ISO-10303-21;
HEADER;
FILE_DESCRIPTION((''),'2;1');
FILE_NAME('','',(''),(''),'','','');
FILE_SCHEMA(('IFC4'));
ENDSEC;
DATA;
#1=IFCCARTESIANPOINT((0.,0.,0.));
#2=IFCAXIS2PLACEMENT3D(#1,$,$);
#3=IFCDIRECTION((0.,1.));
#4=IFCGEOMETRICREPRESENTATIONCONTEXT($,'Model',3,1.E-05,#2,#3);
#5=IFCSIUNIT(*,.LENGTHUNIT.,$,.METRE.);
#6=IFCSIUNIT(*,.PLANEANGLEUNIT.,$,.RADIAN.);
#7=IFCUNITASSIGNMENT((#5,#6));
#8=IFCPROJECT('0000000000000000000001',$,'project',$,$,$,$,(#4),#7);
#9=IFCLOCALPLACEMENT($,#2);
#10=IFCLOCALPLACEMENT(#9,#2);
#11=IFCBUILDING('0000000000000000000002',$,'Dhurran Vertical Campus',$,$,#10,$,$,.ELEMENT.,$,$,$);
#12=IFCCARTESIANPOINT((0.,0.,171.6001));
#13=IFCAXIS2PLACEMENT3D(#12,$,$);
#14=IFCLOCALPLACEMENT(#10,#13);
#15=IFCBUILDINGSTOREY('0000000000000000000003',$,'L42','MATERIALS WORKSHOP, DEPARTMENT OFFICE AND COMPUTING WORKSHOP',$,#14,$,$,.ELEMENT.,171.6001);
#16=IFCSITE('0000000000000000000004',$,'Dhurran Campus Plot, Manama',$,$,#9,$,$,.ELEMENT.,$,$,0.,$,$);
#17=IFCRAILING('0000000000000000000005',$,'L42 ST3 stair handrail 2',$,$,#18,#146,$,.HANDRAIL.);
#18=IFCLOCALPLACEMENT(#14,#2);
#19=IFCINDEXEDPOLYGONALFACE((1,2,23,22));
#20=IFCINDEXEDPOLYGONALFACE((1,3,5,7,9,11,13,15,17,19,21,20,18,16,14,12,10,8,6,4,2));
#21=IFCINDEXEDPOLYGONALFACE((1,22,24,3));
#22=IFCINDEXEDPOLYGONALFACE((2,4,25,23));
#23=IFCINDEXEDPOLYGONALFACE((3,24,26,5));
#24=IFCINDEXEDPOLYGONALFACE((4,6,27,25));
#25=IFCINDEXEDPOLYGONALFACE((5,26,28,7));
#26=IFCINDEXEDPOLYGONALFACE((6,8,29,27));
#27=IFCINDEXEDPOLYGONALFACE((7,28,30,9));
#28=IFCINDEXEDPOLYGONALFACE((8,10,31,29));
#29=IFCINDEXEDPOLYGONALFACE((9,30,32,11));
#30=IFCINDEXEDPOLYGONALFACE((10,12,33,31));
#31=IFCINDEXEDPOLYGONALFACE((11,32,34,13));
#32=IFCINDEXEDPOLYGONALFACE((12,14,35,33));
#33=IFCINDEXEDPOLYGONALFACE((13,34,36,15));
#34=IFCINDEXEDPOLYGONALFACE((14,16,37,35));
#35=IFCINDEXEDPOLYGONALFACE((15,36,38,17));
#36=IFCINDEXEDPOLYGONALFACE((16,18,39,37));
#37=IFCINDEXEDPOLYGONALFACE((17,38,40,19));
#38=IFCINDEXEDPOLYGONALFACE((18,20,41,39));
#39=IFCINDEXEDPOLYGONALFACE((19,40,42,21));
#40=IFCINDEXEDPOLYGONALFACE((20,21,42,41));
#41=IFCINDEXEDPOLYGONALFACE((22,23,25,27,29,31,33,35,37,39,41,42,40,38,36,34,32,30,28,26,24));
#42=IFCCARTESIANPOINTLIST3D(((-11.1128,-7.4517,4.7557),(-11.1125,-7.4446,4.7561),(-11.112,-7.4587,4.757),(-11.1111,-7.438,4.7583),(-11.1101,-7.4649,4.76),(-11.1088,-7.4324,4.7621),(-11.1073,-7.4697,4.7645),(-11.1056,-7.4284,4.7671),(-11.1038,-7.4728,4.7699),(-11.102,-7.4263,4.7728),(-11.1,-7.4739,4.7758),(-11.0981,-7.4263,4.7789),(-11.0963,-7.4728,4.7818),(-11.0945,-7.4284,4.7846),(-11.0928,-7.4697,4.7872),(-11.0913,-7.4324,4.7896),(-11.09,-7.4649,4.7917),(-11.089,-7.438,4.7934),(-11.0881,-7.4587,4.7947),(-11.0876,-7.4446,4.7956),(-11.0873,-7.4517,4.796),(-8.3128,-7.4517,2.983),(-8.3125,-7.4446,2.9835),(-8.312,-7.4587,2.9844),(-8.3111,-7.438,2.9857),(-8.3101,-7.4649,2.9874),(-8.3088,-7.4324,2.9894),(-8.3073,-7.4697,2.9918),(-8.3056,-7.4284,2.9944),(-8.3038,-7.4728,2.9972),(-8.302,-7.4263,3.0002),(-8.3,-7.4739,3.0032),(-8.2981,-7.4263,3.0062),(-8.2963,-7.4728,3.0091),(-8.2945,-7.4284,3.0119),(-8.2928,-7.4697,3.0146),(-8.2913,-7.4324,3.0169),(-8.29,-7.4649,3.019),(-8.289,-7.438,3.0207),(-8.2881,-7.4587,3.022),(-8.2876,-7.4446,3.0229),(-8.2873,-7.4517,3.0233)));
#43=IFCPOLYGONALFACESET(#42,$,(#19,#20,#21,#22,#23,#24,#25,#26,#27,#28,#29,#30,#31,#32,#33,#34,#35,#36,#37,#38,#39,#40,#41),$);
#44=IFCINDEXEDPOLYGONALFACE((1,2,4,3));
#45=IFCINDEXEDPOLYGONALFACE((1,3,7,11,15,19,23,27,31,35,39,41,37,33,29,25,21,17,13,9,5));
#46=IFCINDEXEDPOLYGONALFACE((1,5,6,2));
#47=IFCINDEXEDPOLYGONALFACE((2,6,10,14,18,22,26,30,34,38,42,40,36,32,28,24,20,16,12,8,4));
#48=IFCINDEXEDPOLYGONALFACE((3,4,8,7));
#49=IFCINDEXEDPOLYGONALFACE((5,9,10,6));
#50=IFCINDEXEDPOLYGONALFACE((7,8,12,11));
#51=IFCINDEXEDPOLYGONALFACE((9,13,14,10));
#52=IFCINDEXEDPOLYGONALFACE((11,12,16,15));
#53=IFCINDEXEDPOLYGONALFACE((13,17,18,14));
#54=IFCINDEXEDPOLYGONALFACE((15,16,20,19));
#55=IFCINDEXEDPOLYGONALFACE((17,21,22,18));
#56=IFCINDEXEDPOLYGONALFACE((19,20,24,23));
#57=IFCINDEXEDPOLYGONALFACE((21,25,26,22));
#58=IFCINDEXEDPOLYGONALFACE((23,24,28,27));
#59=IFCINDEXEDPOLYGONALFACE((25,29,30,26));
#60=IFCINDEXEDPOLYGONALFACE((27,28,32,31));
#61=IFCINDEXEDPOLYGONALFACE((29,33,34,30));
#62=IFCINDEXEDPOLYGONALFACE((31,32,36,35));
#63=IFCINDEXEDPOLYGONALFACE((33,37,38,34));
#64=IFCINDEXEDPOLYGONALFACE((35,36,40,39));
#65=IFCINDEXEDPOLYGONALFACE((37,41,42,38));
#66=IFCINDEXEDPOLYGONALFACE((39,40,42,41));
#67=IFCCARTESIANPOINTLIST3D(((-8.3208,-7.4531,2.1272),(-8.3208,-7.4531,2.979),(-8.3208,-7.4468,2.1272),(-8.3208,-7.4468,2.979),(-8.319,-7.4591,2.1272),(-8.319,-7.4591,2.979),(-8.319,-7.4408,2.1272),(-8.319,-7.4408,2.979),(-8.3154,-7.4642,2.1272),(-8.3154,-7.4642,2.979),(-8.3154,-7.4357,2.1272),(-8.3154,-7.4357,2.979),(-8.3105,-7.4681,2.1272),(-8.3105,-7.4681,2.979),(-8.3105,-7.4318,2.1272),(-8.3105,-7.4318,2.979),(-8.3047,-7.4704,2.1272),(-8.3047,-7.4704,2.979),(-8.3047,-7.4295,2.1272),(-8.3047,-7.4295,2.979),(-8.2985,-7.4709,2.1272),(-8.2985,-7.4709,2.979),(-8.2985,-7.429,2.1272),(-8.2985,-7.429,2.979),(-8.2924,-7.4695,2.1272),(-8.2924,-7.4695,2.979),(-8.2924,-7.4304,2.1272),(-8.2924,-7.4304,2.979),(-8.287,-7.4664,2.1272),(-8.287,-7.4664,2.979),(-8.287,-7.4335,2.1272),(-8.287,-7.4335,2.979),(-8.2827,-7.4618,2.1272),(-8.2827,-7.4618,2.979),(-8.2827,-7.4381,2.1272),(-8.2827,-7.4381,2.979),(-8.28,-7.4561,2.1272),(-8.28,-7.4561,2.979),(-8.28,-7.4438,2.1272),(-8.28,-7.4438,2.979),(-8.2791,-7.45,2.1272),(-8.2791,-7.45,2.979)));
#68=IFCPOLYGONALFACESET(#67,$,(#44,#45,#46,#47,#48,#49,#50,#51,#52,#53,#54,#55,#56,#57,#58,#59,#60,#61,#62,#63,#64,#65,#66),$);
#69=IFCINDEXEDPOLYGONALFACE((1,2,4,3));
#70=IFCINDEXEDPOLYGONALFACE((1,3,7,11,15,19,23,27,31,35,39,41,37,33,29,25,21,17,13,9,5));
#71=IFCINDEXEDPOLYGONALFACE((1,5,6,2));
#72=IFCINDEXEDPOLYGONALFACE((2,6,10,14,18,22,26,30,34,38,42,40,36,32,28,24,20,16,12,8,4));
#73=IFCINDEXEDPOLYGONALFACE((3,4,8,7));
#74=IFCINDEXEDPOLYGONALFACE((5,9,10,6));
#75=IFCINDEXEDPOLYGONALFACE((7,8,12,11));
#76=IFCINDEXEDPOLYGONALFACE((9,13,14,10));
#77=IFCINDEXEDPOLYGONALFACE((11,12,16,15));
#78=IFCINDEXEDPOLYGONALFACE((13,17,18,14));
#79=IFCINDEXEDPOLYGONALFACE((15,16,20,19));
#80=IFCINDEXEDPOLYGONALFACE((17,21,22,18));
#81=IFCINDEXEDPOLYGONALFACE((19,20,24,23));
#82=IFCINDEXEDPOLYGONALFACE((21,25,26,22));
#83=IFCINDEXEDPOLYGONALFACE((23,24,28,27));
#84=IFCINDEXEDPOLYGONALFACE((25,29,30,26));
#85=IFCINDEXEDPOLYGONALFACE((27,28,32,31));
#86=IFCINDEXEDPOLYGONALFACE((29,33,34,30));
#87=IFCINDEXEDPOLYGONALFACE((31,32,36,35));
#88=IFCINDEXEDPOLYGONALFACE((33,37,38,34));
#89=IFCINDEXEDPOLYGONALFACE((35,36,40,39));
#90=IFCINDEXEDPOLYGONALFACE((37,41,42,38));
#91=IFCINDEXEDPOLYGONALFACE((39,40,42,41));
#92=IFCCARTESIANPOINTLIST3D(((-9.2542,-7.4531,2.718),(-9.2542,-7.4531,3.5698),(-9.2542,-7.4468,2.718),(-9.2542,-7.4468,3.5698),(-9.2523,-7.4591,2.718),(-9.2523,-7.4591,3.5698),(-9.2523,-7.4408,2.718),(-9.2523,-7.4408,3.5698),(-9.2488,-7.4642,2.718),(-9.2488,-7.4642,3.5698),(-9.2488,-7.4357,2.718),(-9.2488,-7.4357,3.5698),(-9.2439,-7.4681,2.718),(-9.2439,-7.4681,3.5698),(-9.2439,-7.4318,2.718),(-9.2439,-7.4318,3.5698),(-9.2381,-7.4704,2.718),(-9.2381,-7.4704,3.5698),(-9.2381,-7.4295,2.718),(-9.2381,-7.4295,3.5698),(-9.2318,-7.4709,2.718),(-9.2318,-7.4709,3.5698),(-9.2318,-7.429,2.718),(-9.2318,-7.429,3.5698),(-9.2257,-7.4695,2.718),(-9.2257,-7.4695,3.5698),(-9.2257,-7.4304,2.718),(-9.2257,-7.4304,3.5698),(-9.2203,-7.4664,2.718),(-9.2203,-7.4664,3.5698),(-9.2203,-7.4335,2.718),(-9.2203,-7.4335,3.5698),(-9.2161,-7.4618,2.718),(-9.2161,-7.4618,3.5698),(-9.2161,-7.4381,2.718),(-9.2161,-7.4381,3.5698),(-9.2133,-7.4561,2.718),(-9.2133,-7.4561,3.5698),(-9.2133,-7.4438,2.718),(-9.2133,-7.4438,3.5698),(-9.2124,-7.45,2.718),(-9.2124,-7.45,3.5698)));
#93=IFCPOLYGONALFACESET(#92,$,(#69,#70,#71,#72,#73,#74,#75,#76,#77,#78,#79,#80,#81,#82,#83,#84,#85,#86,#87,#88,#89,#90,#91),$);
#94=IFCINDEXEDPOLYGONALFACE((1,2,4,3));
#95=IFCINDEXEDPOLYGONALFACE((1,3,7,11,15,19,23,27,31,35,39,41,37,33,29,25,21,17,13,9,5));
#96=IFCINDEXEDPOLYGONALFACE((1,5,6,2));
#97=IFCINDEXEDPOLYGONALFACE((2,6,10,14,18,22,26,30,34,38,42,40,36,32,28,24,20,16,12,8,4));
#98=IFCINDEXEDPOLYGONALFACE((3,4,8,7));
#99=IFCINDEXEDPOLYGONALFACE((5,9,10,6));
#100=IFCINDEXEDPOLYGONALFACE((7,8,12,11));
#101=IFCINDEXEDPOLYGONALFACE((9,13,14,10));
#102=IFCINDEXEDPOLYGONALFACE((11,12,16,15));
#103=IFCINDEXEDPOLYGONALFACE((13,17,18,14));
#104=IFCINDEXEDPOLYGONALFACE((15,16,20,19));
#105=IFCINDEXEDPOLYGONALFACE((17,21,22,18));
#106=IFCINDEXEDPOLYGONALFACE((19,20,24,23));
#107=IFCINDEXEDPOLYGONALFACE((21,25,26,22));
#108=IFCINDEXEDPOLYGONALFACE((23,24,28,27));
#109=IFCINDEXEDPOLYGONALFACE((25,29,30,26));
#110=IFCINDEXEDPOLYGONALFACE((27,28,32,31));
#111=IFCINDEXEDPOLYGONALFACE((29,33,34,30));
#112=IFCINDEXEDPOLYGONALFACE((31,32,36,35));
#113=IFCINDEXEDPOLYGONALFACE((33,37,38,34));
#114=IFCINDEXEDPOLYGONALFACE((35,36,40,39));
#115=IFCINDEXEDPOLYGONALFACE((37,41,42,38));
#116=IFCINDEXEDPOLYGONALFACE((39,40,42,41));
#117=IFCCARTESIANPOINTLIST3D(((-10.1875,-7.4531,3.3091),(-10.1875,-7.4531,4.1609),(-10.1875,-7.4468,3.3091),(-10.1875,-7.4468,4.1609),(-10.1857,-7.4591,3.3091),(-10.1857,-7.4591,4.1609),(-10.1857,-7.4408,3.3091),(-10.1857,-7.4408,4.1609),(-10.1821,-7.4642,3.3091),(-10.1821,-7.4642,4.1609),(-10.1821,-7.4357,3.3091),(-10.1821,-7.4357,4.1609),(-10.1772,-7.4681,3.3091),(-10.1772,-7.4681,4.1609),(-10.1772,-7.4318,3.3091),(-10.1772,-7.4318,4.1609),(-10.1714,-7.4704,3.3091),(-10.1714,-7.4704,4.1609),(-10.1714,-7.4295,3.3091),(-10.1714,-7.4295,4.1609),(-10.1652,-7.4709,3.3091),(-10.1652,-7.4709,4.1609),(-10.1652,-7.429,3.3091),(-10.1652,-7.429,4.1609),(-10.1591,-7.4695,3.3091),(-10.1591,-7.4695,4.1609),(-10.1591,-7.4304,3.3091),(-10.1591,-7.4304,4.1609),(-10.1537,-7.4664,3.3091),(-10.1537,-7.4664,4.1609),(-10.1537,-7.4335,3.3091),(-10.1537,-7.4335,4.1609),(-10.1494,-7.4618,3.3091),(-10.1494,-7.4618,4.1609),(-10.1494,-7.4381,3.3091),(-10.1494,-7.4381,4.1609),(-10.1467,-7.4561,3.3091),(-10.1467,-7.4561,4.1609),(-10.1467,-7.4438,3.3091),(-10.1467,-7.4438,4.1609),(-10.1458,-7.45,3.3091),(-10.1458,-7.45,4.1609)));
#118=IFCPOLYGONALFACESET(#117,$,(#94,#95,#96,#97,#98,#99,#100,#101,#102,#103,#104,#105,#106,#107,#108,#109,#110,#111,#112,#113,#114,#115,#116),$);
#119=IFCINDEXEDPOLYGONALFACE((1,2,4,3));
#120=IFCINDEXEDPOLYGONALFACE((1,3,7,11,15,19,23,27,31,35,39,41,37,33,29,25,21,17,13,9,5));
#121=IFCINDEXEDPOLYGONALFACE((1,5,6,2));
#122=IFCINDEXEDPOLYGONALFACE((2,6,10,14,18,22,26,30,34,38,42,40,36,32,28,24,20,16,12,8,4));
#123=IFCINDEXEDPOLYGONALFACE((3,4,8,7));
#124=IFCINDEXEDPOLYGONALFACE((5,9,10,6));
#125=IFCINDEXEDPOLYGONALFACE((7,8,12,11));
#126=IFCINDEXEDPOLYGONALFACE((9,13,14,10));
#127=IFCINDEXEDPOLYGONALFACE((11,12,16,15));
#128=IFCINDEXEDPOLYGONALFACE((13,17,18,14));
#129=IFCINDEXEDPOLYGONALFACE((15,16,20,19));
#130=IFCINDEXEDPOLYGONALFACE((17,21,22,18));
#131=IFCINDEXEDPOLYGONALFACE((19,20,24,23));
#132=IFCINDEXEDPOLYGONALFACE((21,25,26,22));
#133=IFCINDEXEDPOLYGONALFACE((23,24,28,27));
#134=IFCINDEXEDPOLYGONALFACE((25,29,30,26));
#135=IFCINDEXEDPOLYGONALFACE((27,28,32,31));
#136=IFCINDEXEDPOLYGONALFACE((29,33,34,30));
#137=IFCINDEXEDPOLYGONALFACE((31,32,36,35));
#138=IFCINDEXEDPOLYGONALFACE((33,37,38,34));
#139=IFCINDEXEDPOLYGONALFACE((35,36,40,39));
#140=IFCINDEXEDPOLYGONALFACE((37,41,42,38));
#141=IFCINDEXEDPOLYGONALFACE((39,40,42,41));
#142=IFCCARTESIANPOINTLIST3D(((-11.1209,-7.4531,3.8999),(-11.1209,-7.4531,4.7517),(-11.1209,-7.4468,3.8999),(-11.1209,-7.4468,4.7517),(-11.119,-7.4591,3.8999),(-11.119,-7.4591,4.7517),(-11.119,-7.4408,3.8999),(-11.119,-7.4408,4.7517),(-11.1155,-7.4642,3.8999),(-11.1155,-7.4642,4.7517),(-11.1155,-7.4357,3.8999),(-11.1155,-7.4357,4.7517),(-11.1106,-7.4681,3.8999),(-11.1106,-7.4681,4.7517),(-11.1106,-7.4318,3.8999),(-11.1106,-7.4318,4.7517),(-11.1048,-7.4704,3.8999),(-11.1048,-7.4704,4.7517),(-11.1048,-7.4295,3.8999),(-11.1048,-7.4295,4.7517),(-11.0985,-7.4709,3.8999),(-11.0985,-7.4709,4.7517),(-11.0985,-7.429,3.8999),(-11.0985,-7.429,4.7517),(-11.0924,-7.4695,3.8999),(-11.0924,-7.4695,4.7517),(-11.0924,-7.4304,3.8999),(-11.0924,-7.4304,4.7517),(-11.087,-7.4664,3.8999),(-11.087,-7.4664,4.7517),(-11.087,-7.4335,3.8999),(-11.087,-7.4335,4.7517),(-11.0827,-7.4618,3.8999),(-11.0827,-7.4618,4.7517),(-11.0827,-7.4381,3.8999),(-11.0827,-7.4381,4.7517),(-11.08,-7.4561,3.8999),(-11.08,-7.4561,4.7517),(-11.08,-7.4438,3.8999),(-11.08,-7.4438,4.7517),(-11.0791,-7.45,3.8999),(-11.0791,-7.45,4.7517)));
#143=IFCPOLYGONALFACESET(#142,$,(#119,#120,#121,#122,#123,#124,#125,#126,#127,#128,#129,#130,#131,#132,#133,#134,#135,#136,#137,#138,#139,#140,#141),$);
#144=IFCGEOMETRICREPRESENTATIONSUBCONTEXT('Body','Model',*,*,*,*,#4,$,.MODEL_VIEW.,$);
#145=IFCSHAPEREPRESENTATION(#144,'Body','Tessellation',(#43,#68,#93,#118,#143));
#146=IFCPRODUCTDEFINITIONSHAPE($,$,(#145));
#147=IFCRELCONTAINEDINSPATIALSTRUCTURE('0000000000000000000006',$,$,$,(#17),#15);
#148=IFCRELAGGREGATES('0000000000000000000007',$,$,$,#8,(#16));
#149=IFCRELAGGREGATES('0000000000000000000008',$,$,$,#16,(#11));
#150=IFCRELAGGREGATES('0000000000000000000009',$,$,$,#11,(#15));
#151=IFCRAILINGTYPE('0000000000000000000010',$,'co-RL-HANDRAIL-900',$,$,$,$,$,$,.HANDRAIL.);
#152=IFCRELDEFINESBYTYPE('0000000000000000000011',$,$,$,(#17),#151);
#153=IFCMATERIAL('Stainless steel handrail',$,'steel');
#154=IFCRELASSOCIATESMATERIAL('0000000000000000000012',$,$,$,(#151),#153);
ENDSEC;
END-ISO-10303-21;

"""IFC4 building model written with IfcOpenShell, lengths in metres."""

from ifc_helpers import new_model, si_unit, direction, frame, origin, origin_2d, place, context, subcontext, project, spatial, circle, extrude, material, type_object, element, save


model = new_model("IFC4")

# Units and contexts
model_context = context("Model", 3, precision=1e-05, world=origin(), true_north=direction((0.0, 1.0)))
body_context = subcontext(model_context, "Body", "Model", "MODEL_VIEW")
ifc_project = project(units=[si_unit("LENGTHUNIT", "METRE"), si_unit("PLANEANGLEUNIT", "RADIAN")], contexts=[model_context])

# Site, building, storey
site_placement = place(None, origin())
site = spatial("IfcSite", under=ifc_project, at=site_placement, Name="Dhurran Campus Plot, Manama", CompositionType="ELEMENT", RefElevation=0.0)
building_placement = place(site_placement, origin())
building = spatial("IfcBuilding", under=site, at=building_placement, Name="Dhurran Vertical Campus", CompositionType="ELEMENT")
storey_placement = place(building_placement, frame((0.0, 0.0, 171.6001)))
storey = spatial("IfcBuildingStorey", under=building, at=storey_placement, Name="L42", Description="MATERIALS WORKSHOP, DEPARTMENT OFFICE AND COMPUTING WORKSHOP", CompositionType="ELEMENT", Elevation=171.6001)

# Railing
ifc_material_1 = material(Name="Stainless steel handrail", Category="steel")
railing_type_1 = type_object("IfcRailingType", Name="co-RL-HANDRAIL-900", PredefinedType="HANDRAIL", material=ifc_material_1)
railing_1_placement = place(storey_placement, frame((-8.3, -7.45, 2.1272)))
element("IfcRailing", 1, at=railing_1_placement, inside=storey, type_object=railing_type_1, Name="L42 ST3 stair handrail 2", PredefinedType="HANDRAIL", context=body_context, shape_type="SweptSolid", body=[
    extrude(circle(Radius=0.0239, at=origin_2d()), frame((0.0, 0.0, 0.876), z_axis=(-0.844909, 0.0, 0.53491), x_axis=(0.0, -1.0, 0.0)), (0.0, 0.0, 1.0), 3.314),
    extrude(circle(Radius=0.021, at=origin_2d()), origin(), (0.0, 0.0, 1.0), 0.8518),
    extrude(circle(Radius=0.021, at=origin_2d()), frame((-0.9333, 0.0, 0.5908)), (0.0, 0.0, 1.0), 0.8518),
    extrude(circle(Radius=0.021, at=origin_2d()), frame((-1.8667, 0.0, 1.1819)), (0.0, 0.0, 1.0), 0.8518),
    extrude(circle(Radius=0.021, at=origin_2d()), frame((-2.8, 0.0, 1.7727)), (0.0, 0.0, 1.0), 0.8518),
])

save(model, "model.ifc")
